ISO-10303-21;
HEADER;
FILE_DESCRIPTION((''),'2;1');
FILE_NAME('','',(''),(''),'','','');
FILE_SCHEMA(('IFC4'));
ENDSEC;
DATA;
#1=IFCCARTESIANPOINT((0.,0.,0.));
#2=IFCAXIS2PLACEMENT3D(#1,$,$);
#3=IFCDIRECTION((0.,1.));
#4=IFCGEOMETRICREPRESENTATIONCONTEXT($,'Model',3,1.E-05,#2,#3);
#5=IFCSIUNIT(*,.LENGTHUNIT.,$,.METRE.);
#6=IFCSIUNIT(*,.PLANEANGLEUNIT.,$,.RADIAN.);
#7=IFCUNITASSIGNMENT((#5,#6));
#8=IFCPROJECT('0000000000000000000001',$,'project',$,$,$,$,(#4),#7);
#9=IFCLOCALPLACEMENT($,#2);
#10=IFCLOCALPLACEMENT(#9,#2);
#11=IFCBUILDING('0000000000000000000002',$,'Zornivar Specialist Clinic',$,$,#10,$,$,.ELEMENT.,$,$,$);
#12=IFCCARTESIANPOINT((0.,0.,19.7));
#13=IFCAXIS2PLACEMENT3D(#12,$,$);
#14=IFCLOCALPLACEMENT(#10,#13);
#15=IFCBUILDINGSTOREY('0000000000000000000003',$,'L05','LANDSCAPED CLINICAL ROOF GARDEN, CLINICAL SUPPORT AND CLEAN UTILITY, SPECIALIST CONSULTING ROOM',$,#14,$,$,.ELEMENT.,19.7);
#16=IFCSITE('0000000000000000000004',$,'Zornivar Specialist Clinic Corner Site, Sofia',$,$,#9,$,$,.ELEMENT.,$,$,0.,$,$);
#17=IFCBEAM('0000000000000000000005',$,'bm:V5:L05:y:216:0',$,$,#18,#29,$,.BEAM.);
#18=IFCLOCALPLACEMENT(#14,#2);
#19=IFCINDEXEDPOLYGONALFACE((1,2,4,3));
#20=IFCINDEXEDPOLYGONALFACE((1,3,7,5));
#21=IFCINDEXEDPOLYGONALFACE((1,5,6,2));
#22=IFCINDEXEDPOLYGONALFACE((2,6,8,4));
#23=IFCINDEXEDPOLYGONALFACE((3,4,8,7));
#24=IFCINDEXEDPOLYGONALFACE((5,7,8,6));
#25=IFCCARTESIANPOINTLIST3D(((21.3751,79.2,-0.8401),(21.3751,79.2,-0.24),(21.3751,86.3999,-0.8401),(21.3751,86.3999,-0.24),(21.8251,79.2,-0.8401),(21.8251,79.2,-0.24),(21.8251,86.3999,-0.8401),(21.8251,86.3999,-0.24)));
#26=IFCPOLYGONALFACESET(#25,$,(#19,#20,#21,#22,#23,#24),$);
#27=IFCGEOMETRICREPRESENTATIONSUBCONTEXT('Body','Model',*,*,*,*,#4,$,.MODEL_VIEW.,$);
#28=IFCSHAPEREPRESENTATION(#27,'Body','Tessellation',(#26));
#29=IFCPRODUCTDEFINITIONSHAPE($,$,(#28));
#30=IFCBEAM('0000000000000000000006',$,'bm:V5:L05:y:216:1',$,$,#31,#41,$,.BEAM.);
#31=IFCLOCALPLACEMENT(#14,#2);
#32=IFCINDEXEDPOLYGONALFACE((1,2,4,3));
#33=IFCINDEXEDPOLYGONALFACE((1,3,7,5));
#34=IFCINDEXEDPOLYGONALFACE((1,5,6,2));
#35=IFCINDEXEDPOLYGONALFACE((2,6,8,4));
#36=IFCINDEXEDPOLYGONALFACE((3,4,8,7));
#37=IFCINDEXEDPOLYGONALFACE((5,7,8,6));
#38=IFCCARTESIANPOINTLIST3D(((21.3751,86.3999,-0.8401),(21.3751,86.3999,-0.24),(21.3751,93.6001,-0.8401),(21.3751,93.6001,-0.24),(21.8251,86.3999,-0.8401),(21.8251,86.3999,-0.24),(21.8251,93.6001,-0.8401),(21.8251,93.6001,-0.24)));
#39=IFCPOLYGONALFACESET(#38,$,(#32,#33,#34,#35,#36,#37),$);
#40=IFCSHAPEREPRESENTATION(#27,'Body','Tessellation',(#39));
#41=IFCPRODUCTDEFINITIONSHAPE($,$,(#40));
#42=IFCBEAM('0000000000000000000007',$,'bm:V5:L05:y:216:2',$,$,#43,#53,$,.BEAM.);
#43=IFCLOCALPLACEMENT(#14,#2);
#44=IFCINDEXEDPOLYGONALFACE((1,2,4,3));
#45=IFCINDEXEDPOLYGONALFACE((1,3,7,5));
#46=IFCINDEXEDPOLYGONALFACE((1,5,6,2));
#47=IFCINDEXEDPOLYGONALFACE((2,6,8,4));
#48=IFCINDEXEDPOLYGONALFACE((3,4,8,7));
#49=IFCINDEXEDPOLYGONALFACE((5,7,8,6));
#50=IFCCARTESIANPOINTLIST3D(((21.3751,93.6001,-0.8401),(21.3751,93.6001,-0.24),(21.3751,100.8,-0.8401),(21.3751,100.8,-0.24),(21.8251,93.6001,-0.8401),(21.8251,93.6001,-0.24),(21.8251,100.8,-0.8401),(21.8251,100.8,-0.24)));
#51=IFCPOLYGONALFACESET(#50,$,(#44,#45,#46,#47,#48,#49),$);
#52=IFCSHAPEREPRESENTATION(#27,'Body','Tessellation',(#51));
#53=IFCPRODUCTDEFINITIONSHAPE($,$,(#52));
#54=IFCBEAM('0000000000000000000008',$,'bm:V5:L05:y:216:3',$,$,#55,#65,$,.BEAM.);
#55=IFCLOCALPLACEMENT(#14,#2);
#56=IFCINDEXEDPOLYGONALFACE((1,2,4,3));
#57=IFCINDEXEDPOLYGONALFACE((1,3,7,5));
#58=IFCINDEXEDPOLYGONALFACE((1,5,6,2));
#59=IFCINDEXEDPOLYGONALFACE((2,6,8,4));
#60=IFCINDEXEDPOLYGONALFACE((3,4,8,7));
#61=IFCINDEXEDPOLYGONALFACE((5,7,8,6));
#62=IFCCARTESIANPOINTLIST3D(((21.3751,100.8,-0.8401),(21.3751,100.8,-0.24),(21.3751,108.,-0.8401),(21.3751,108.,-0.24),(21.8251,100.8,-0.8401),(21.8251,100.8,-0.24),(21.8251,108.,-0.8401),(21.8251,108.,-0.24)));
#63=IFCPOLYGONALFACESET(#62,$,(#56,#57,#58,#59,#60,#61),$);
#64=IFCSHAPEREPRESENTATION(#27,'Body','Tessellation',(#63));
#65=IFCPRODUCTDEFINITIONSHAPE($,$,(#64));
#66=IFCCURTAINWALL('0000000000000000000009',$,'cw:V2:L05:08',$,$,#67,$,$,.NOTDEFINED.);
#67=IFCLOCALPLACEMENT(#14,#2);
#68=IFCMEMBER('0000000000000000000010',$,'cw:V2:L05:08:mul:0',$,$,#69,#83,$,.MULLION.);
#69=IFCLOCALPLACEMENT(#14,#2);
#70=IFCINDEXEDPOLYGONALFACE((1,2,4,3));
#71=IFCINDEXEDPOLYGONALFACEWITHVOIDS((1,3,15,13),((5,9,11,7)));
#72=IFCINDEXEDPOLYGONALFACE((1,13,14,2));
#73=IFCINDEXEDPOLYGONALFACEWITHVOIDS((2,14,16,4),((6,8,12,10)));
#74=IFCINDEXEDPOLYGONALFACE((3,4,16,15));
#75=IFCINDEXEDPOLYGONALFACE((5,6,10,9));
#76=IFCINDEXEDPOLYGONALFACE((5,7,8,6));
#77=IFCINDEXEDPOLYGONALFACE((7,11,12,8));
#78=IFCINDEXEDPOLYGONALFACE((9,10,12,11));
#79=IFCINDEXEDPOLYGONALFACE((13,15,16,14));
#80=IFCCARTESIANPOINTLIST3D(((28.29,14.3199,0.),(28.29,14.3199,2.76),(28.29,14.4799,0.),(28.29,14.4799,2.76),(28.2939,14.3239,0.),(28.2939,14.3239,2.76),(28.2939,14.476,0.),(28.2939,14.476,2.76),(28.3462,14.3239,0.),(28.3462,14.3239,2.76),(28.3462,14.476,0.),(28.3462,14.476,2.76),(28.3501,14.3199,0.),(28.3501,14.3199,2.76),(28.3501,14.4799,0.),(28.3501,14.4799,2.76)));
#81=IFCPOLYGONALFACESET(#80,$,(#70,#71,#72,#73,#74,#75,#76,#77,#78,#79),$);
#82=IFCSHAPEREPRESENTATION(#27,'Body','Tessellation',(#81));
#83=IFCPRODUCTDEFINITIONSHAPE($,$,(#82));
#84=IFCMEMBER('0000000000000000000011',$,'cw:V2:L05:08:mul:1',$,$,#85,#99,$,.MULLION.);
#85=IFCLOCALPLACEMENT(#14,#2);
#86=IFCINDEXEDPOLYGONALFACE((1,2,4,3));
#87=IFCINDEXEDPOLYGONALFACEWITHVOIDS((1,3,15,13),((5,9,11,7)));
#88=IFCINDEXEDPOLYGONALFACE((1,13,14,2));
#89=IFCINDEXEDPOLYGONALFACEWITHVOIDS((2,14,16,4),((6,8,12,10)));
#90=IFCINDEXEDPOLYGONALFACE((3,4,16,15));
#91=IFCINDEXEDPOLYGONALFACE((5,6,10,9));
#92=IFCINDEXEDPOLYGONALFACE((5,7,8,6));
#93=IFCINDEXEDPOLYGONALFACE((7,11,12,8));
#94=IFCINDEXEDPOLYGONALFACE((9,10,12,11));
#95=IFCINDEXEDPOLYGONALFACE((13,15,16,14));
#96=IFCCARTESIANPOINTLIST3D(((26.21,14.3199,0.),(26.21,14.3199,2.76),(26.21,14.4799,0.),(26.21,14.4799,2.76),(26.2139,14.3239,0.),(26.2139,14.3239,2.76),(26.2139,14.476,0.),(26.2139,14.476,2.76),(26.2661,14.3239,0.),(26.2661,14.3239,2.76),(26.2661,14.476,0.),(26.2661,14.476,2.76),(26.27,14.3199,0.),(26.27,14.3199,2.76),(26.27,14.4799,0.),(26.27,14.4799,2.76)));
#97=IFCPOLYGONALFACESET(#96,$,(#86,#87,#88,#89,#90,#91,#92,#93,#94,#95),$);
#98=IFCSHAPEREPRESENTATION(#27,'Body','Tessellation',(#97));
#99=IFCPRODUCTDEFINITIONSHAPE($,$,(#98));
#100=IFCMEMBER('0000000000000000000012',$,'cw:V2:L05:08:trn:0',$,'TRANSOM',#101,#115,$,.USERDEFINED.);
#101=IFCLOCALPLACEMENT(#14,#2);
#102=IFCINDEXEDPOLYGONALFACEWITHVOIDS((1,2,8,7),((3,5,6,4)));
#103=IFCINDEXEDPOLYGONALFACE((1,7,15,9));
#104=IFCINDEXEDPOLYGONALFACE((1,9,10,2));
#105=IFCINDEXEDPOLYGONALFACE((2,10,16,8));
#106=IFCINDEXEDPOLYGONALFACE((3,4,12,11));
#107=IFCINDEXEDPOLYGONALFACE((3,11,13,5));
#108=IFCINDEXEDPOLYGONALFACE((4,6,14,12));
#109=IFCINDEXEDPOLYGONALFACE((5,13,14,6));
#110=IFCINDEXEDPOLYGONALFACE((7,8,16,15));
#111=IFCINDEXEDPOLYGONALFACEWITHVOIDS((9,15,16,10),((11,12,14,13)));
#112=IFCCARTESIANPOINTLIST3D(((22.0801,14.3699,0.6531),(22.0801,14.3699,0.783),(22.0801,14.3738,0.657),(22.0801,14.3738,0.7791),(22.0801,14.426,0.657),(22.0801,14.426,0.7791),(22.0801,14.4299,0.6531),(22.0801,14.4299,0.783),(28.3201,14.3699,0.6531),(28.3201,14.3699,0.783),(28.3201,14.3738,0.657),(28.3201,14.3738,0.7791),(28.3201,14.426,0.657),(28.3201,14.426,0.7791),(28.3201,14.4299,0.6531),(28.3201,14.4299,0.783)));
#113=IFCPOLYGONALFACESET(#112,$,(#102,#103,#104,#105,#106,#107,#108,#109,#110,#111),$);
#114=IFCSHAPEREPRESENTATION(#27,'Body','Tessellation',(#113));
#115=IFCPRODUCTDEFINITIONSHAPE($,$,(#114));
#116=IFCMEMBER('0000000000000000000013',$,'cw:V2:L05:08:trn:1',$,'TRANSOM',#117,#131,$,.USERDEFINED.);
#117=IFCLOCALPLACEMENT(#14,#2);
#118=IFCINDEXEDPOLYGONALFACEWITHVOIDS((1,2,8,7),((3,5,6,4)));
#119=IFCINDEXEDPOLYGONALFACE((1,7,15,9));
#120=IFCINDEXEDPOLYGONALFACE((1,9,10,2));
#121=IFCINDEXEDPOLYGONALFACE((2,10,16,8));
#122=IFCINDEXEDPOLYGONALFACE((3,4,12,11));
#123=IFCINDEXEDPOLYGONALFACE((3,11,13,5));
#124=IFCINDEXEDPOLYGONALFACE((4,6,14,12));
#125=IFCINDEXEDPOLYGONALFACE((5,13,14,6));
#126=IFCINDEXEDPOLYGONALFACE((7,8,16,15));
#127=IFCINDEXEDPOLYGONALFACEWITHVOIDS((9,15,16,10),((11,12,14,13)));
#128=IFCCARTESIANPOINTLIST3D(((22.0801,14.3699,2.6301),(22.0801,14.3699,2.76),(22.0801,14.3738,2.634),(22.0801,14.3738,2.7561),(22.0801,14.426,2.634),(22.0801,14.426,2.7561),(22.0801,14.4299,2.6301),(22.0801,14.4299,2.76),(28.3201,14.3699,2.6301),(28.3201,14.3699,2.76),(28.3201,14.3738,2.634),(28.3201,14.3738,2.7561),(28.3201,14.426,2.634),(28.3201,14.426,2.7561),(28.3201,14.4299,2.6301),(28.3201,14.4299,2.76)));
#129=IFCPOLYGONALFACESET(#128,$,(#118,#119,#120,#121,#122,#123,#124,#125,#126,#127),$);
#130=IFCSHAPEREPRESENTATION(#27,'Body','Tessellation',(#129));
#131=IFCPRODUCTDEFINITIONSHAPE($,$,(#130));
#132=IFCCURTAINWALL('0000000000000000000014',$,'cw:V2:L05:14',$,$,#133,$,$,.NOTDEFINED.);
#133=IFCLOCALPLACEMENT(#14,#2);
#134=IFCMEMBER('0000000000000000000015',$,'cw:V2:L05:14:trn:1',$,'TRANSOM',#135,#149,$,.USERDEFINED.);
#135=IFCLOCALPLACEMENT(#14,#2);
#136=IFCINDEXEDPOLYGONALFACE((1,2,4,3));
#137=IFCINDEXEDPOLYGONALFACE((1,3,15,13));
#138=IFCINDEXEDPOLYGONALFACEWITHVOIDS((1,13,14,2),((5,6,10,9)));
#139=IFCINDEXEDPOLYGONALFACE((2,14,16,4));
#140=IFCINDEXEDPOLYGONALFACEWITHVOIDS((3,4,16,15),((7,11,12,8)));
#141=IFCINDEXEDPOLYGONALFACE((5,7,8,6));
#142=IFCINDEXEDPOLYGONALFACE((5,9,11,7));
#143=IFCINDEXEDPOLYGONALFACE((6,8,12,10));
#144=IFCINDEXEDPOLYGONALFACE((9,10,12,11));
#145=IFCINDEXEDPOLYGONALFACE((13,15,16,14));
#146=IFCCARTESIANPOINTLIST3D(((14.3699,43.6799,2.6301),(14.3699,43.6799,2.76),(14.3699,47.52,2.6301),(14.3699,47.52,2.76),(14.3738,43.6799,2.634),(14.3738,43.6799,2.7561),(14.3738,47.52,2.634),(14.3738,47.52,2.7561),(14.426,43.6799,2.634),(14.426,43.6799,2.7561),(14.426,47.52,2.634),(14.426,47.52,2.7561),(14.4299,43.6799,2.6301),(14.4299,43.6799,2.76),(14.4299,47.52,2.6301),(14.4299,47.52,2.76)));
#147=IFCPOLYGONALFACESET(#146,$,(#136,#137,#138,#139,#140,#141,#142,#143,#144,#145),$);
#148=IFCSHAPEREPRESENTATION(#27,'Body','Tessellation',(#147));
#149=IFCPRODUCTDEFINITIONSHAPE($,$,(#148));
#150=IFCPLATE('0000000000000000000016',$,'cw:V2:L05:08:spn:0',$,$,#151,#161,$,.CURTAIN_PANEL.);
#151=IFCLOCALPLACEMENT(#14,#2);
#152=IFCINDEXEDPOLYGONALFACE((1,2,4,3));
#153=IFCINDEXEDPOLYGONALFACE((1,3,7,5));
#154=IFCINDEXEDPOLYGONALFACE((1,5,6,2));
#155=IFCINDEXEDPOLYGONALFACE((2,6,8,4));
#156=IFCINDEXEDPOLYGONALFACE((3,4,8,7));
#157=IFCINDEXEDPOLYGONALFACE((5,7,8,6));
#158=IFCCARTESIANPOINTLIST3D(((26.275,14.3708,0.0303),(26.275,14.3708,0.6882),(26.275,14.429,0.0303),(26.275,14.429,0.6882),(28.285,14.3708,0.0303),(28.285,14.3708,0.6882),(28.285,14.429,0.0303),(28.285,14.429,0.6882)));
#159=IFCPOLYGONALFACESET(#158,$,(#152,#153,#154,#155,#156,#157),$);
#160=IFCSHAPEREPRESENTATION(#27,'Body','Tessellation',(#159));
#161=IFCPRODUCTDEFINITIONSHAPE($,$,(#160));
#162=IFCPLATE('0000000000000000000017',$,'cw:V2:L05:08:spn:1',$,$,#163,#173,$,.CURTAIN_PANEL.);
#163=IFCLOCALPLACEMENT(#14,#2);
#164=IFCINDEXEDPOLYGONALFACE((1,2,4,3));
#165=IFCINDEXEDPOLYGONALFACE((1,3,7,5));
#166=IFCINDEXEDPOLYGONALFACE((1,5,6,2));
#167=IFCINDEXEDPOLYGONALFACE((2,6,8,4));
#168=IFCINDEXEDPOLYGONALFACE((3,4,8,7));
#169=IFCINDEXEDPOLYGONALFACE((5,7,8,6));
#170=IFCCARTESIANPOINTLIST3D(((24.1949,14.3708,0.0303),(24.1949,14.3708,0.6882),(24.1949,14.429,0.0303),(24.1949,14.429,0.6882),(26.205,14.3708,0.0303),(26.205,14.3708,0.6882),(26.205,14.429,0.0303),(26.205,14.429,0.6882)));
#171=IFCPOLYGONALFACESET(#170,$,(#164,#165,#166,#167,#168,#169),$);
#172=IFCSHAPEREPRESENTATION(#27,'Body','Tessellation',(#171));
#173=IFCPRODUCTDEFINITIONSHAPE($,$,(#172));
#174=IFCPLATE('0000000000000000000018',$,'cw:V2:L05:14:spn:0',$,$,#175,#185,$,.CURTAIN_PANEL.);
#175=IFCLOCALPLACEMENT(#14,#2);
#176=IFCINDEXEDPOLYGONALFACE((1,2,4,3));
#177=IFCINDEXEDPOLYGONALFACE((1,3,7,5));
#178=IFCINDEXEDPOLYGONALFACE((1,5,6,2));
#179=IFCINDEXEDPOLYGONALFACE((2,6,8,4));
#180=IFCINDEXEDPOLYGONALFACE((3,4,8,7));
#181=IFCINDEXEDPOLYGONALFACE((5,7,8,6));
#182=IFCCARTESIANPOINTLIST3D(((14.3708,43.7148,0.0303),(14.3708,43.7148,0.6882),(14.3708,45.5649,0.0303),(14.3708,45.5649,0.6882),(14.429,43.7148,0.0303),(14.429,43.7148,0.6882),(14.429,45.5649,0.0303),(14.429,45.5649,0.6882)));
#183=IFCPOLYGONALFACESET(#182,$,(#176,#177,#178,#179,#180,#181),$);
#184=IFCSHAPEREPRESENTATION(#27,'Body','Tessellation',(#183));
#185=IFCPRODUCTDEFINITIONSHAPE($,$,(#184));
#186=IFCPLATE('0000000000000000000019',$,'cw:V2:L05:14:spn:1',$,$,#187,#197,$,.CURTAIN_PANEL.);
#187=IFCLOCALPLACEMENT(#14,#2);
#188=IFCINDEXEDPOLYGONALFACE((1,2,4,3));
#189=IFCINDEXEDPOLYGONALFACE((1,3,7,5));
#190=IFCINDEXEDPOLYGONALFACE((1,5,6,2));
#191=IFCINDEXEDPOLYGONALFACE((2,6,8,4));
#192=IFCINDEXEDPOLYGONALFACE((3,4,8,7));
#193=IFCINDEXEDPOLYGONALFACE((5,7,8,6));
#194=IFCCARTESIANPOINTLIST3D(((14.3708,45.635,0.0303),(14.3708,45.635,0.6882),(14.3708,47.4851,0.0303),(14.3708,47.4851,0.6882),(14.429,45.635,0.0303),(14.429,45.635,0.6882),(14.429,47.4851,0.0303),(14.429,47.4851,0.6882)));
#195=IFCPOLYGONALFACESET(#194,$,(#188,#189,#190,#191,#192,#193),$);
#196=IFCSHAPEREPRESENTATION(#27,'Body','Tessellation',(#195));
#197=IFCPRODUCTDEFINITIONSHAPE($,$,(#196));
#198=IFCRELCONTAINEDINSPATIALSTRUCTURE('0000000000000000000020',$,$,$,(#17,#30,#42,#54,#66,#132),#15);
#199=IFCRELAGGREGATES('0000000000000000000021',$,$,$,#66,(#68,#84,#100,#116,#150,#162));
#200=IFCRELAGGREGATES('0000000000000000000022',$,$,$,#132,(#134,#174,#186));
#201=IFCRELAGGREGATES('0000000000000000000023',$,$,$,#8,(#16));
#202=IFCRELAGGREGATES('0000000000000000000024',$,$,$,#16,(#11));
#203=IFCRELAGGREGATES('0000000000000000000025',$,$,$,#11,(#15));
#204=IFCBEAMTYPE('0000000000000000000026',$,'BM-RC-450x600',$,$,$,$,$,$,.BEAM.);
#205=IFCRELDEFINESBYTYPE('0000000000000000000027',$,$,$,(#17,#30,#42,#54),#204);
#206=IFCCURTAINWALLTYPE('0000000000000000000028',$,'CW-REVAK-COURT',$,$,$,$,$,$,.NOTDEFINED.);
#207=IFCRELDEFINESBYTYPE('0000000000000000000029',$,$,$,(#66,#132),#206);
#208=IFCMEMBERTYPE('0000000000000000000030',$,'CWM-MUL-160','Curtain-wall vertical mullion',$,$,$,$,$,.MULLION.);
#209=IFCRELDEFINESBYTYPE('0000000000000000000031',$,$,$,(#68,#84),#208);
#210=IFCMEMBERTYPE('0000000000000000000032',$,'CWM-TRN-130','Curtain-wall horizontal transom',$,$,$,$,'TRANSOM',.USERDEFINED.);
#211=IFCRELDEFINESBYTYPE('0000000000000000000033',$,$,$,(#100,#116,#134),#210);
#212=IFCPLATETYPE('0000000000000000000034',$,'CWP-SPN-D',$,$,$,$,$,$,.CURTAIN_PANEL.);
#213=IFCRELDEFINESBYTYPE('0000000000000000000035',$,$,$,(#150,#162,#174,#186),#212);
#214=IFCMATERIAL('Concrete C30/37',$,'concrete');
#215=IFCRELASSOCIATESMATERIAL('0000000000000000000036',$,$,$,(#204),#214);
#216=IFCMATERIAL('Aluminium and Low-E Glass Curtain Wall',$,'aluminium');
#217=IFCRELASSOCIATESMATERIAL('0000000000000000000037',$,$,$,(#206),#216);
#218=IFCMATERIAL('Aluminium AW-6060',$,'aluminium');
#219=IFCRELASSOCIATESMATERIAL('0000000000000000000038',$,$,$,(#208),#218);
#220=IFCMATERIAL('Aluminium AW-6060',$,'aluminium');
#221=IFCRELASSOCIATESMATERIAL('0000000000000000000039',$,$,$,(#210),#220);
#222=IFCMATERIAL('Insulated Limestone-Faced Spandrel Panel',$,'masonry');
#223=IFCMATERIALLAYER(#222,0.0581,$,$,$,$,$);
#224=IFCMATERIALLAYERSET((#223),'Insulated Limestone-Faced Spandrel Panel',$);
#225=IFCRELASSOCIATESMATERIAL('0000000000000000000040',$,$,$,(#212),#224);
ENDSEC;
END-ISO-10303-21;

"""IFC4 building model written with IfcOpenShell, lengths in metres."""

from ifc_helpers import new_model, si_unit, direction, frame, origin, origin_2d, place, context, subcontext, project, spatial, rectangle, hollow_rectangle, extrude, material, layer, layer_set, material_profile, profile_set, type_object, element, aggregate, save


model = new_model("IFC4")

# Units and contexts
model_context = context("Model", 3, precision=1e-05, world=origin(), true_north=direction((0.0, 1.0)))
body_context = subcontext(model_context, "Body", "Model", "MODEL_VIEW")
ifc_project = project(units=[si_unit("LENGTHUNIT", "METRE"), si_unit("PLANEANGLEUNIT", "RADIAN")], contexts=[model_context])

# Site, building, storey
site_placement = place(None, origin())
site = spatial("IfcSite", under=ifc_project, at=site_placement, Name="Zornivar Specialist Clinic Corner Site, Sofia", CompositionType="ELEMENT", RefElevation=0.0)
building_placement = place(site_placement, origin())
building = spatial("IfcBuilding", under=site, at=building_placement, Name="Zornivar Specialist Clinic", CompositionType="ELEMENT")
storey_placement = place(building_placement, frame((0.0, 0.0, 19.7)))
storey = spatial("IfcBuildingStorey", under=building, at=storey_placement, Name="L05", Description="LANDSCAPED CLINICAL ROOF GARDEN, CLINICAL SUPPORT AND CLEAN UTILITY, SPECIALIST CONSULTING ROOM", CompositionType="ELEMENT", Elevation=19.7)

# Beams
ifc_material_1 = material(Name="Concrete C30/37", Category="concrete")
ifc_material_profile_1 = material_profile(ifc_material_1, rectangle(XDim=0.45, YDim=0.6001, at=origin_2d()), Name="RC 450x600")
ifc_profile_set_1 = profile_set([ifc_material_profile_1], Name="Concrete C30/37")
beam_type = type_object("IfcBeamType", Name="BM-RC-450x600", PredefinedType="BEAM", material=ifc_profile_set_1)
beam_1_placement = place(storey_placement, frame((21.6001, 79.2, -0.54), z_axis=(0.0, 1.0, 0.0), x_axis=(-1.0, 0.0, 0.0)))
element("IfcBeam", 1, at=beam_1_placement, inside=storey, type_object=beam_type, Name="bm:V5:L05:y:216:0", PredefinedType="BEAM", context=body_context, shape_type="SweptSolid", body=[
    extrude(rectangle(XDim=0.45, YDim=0.6001, at=origin_2d()), origin(), (0.0, 0.0, 1.0), 7.2),
])
beam_2_placement = place(storey_placement, frame((21.6001, 86.3999, -0.54), z_axis=(0.0, 1.0, 0.0), x_axis=(-1.0, 0.0, 0.0)))
element("IfcBeam", 2, at=beam_2_placement, inside=storey, type_object=beam_type, Name="bm:V5:L05:y:216:1", PredefinedType="BEAM", context=body_context, shape_type="SweptSolid", body=[
    extrude(rectangle(XDim=0.45, YDim=0.6001, at=origin_2d()), origin(), (0.0, 0.0, 1.0), 7.2002),
])
for number, where, z_axis, x_axis, name in (
    (3, (21.6001, 93.6001, -0.54), (0.0, 1.0, 0.0), (-1.0, 0.0, 0.0), "bm:V5:L05:y:216:2"),
    (4, (21.6001, 100.8, -0.54), (0.0, 1.0, 0.0), (-1.0, 0.0, 0.0), "bm:V5:L05:y:216:3"),
):
    element("IfcBeam", number, at=place(storey_placement, frame(where, z_axis=z_axis, x_axis=x_axis)), inside=storey, type_object=beam_type, Name=name, PredefinedType="BEAM", context=body_context, shape_type="SweptSolid", body=[
        extrude(rectangle(XDim=0.45, YDim=0.6001, at=origin_2d()), origin(), (0.0, 0.0, 1.0), 7.2),
    ])

# Curtain wall, members
ifc_material_2 = material(Name="Aluminium and Low-E Glass Curtain Wall", Category="aluminium")
curtain_wall_type = type_object("IfcCurtainWallType", Name="CW-REVAK-COURT", PredefinedType="NOTDEFINED", material=ifc_material_2)
curtain_wall_1_placement = place(storey_placement, origin())
curtain_wall_1 = element("IfcCurtainWall", 5, at=curtain_wall_1_placement, inside=storey, type_object=curtain_wall_type, Name="cw:V2:L05:08", PredefinedType="NOTDEFINED")
ifc_material_3 = material(Name="Aluminium AW-6060", Category="aluminium")
ifc_material_profile_2 = material_profile(ifc_material_3, hollow_rectangle(XDim=0.0601, YDim=0.1599, WallThickness=0.0039, at=origin_2d()), Name="ALU 60x160x4")
ifc_profile_set_2 = profile_set([ifc_material_profile_2], Name="Aluminium AW-6060")
member_type_1 = type_object("IfcMemberType", Name="CWM-MUL-160", Description="Curtain-wall vertical mullion", PredefinedType="MULLION", material=ifc_profile_set_2)
member_1_placement = place(storey_placement, frame((28.3201, 14.3999, 0.0), z_axis=(0.0, 0.0, 1.0), x_axis=(1.0, 0.0, 0.0)))
member_1 = element("IfcMember", 6, at=member_1_placement, type_object=member_type_1, Name="cw:V2:L05:08:mul:0", PredefinedType="MULLION", context=body_context, shape_type="SweptSolid", body=[
    extrude(hollow_rectangle(XDim=0.0601, YDim=0.1599, WallThickness=0.0039, at=origin_2d()), origin(), (0.0, 0.0, 1.0), 2.76),
])
member_2_placement = place(storey_placement, frame((26.24, 14.3999, 0.0), z_axis=(0.0, 0.0, 1.0), x_axis=(1.0, 0.0, 0.0)))
member_2 = element("IfcMember", 7, at=member_2_placement, type_object=member_type_1, Name="cw:V2:L05:08:mul:1", PredefinedType="MULLION", context=body_context, shape_type="SweptSolid", body=[
    extrude(hollow_rectangle(XDim=0.0601, YDim=0.1599, WallThickness=0.0039, at=origin_2d()), origin(), (0.0, 0.0, 1.0), 2.76),
])
ifc_material_4 = material(Name="Aluminium AW-6060", Category="aluminium")
ifc_material_profile_3 = material_profile(ifc_material_4, hollow_rectangle(XDim=0.0601, YDim=0.1299, WallThickness=0.0039, at=origin_2d()), Name="ALU 60x130x4")
ifc_profile_set_3 = profile_set([ifc_material_profile_3], Name="Aluminium AW-6060")
member_type_2 = type_object("IfcMemberType", Name="CWM-TRN-130", Description="Curtain-wall horizontal transom", ElementType="TRANSOM", PredefinedType="USERDEFINED", material=ifc_profile_set_3)
member_3_placement = place(storey_placement, frame((28.3201, 14.3999, 0.718), z_axis=(-1.0, 0.0, 0.0), x_axis=(0.0, -1.0, 0.0)))
member_3 = element("IfcMember", 8, at=member_3_placement, type_object=member_type_2, Name="cw:V2:L05:08:trn:0", ObjectType="TRANSOM", PredefinedType="USERDEFINED", context=body_context, shape_type="SweptSolid", body=[
    extrude(hollow_rectangle(XDim=0.0601, YDim=0.1299, WallThickness=0.0039, at=origin_2d()), origin(), (0.0, 0.0, 1.0), 6.24),
])
member_4_placement = place(storey_placement, frame((28.3201, 14.3999, 2.6951), z_axis=(-1.0, 0.0, 0.0), x_axis=(0.0, -1.0, 0.0)))
member_4 = element("IfcMember", 9, at=member_4_placement, type_object=member_type_2, Name="cw:V2:L05:08:trn:1", ObjectType="TRANSOM", PredefinedType="USERDEFINED", context=body_context, shape_type="SweptSolid", body=[
    extrude(hollow_rectangle(XDim=0.0601, YDim=0.1299, WallThickness=0.0039, at=origin_2d()), origin(), (0.0, 0.0, 1.0), 6.24),
])

# Curtain wall, member
curtain_wall_2_placement = place(storey_placement, origin())
curtain_wall_2 = element("IfcCurtainWall", 10, at=curtain_wall_2_placement, inside=storey, type_object=curtain_wall_type, Name="cw:V2:L05:14", PredefinedType="NOTDEFINED")
member_5_placement = place(storey_placement, frame((14.3999, 43.6799, 2.6951), z_axis=(0.0, 1.0, 0.0), x_axis=(-1.0, 0.0, 0.0)))
member_5 = element("IfcMember", 11, at=member_5_placement, type_object=member_type_2, Name="cw:V2:L05:14:trn:1", ObjectType="TRANSOM", PredefinedType="USERDEFINED", context=body_context, shape_type="SweptSolid", body=[
    extrude(hollow_rectangle(XDim=0.0601, YDim=0.1299, WallThickness=0.0039, at=origin_2d()), origin(), (0.0, 0.0, 1.0), 3.8401),
])

# Plates
ifc_material_5 = material(Name="Insulated Limestone-Faced Spandrel Panel", Category="masonry")
ifc_layer_1 = layer(ifc_material_5, 0.0581)
ifc_layer_set_1 = layer_set([ifc_layer_1], Name="Insulated Limestone-Faced Spandrel Panel")
plate_type_1 = type_object("IfcPlateType", Name="CWP-SPN-D", PredefinedType="CURTAIN_PANEL", material=ifc_layer_set_1)
plate_1_placement = place(storey_placement, frame((27.28, 14.3999, 0.0303), z_axis=(0.0, 0.0, 1.0), x_axis=(-1.0, 0.0, 0.0)))
plate_1 = element("IfcPlate", 12, at=plate_1_placement, type_object=plate_type_1, Name="cw:V2:L05:08:spn:0", PredefinedType="CURTAIN_PANEL", context=body_context, shape_type="SweptSolid", body=[
    extrude(rectangle(XDim=2.01, YDim=0.0581, at=origin_2d()), origin(), (0.0, 0.0, 1.0), 0.658),
])
plate_2_placement = place(storey_placement, frame((25.2, 14.3999, 0.0303), z_axis=(0.0, 0.0, 1.0), x_axis=(-1.0, 0.0, 0.0)))
plate_2 = element("IfcPlate", 13, at=plate_2_placement, type_object=plate_type_1, Name="cw:V2:L05:08:spn:1", PredefinedType="CURTAIN_PANEL", context=body_context, shape_type="SweptSolid", body=[
    extrude(rectangle(XDim=2.01, YDim=0.0581, at=origin_2d()), origin(), (0.0, 0.0, 1.0), 0.658),
])
plate_3_placement = place(storey_placement, frame((14.3999, 44.6399, 0.0303), z_axis=(0.0, 0.0, 1.0), x_axis=(0.0, 1.0, 0.0)))
plate_3 = element("IfcPlate", 14, at=plate_3_placement, type_object=plate_type_1, Name="cw:V2:L05:14:spn:0", PredefinedType="CURTAIN_PANEL", context=body_context, shape_type="SweptSolid", body=[
    extrude(rectangle(XDim=1.8501, YDim=0.0581, at=origin_2d()), origin(), (0.0, 0.0, 1.0), 0.658),
])
plate_4_placement = place(storey_placement, frame((14.3999, 46.5601, 0.0303), z_axis=(0.0, 0.0, 1.0), x_axis=(0.0, 1.0, 0.0)))
plate_4 = element("IfcPlate", 15, at=plate_4_placement, type_object=plate_type_1, Name="cw:V2:L05:14:spn:1", PredefinedType="CURTAIN_PANEL", context=body_context, shape_type="SweptSolid", body=[
    extrude(rectangle(XDim=1.8501, YDim=0.0581, at=origin_2d()), origin(), (0.0, 0.0, 1.0), 0.658),
])
aggregate(curtain_wall_1, [member_1, member_2, member_3, member_4, plate_1, plate_2])
aggregate(curtain_wall_2, [member_5, plate_3, plate_4])

save(model, "model.ifc")
